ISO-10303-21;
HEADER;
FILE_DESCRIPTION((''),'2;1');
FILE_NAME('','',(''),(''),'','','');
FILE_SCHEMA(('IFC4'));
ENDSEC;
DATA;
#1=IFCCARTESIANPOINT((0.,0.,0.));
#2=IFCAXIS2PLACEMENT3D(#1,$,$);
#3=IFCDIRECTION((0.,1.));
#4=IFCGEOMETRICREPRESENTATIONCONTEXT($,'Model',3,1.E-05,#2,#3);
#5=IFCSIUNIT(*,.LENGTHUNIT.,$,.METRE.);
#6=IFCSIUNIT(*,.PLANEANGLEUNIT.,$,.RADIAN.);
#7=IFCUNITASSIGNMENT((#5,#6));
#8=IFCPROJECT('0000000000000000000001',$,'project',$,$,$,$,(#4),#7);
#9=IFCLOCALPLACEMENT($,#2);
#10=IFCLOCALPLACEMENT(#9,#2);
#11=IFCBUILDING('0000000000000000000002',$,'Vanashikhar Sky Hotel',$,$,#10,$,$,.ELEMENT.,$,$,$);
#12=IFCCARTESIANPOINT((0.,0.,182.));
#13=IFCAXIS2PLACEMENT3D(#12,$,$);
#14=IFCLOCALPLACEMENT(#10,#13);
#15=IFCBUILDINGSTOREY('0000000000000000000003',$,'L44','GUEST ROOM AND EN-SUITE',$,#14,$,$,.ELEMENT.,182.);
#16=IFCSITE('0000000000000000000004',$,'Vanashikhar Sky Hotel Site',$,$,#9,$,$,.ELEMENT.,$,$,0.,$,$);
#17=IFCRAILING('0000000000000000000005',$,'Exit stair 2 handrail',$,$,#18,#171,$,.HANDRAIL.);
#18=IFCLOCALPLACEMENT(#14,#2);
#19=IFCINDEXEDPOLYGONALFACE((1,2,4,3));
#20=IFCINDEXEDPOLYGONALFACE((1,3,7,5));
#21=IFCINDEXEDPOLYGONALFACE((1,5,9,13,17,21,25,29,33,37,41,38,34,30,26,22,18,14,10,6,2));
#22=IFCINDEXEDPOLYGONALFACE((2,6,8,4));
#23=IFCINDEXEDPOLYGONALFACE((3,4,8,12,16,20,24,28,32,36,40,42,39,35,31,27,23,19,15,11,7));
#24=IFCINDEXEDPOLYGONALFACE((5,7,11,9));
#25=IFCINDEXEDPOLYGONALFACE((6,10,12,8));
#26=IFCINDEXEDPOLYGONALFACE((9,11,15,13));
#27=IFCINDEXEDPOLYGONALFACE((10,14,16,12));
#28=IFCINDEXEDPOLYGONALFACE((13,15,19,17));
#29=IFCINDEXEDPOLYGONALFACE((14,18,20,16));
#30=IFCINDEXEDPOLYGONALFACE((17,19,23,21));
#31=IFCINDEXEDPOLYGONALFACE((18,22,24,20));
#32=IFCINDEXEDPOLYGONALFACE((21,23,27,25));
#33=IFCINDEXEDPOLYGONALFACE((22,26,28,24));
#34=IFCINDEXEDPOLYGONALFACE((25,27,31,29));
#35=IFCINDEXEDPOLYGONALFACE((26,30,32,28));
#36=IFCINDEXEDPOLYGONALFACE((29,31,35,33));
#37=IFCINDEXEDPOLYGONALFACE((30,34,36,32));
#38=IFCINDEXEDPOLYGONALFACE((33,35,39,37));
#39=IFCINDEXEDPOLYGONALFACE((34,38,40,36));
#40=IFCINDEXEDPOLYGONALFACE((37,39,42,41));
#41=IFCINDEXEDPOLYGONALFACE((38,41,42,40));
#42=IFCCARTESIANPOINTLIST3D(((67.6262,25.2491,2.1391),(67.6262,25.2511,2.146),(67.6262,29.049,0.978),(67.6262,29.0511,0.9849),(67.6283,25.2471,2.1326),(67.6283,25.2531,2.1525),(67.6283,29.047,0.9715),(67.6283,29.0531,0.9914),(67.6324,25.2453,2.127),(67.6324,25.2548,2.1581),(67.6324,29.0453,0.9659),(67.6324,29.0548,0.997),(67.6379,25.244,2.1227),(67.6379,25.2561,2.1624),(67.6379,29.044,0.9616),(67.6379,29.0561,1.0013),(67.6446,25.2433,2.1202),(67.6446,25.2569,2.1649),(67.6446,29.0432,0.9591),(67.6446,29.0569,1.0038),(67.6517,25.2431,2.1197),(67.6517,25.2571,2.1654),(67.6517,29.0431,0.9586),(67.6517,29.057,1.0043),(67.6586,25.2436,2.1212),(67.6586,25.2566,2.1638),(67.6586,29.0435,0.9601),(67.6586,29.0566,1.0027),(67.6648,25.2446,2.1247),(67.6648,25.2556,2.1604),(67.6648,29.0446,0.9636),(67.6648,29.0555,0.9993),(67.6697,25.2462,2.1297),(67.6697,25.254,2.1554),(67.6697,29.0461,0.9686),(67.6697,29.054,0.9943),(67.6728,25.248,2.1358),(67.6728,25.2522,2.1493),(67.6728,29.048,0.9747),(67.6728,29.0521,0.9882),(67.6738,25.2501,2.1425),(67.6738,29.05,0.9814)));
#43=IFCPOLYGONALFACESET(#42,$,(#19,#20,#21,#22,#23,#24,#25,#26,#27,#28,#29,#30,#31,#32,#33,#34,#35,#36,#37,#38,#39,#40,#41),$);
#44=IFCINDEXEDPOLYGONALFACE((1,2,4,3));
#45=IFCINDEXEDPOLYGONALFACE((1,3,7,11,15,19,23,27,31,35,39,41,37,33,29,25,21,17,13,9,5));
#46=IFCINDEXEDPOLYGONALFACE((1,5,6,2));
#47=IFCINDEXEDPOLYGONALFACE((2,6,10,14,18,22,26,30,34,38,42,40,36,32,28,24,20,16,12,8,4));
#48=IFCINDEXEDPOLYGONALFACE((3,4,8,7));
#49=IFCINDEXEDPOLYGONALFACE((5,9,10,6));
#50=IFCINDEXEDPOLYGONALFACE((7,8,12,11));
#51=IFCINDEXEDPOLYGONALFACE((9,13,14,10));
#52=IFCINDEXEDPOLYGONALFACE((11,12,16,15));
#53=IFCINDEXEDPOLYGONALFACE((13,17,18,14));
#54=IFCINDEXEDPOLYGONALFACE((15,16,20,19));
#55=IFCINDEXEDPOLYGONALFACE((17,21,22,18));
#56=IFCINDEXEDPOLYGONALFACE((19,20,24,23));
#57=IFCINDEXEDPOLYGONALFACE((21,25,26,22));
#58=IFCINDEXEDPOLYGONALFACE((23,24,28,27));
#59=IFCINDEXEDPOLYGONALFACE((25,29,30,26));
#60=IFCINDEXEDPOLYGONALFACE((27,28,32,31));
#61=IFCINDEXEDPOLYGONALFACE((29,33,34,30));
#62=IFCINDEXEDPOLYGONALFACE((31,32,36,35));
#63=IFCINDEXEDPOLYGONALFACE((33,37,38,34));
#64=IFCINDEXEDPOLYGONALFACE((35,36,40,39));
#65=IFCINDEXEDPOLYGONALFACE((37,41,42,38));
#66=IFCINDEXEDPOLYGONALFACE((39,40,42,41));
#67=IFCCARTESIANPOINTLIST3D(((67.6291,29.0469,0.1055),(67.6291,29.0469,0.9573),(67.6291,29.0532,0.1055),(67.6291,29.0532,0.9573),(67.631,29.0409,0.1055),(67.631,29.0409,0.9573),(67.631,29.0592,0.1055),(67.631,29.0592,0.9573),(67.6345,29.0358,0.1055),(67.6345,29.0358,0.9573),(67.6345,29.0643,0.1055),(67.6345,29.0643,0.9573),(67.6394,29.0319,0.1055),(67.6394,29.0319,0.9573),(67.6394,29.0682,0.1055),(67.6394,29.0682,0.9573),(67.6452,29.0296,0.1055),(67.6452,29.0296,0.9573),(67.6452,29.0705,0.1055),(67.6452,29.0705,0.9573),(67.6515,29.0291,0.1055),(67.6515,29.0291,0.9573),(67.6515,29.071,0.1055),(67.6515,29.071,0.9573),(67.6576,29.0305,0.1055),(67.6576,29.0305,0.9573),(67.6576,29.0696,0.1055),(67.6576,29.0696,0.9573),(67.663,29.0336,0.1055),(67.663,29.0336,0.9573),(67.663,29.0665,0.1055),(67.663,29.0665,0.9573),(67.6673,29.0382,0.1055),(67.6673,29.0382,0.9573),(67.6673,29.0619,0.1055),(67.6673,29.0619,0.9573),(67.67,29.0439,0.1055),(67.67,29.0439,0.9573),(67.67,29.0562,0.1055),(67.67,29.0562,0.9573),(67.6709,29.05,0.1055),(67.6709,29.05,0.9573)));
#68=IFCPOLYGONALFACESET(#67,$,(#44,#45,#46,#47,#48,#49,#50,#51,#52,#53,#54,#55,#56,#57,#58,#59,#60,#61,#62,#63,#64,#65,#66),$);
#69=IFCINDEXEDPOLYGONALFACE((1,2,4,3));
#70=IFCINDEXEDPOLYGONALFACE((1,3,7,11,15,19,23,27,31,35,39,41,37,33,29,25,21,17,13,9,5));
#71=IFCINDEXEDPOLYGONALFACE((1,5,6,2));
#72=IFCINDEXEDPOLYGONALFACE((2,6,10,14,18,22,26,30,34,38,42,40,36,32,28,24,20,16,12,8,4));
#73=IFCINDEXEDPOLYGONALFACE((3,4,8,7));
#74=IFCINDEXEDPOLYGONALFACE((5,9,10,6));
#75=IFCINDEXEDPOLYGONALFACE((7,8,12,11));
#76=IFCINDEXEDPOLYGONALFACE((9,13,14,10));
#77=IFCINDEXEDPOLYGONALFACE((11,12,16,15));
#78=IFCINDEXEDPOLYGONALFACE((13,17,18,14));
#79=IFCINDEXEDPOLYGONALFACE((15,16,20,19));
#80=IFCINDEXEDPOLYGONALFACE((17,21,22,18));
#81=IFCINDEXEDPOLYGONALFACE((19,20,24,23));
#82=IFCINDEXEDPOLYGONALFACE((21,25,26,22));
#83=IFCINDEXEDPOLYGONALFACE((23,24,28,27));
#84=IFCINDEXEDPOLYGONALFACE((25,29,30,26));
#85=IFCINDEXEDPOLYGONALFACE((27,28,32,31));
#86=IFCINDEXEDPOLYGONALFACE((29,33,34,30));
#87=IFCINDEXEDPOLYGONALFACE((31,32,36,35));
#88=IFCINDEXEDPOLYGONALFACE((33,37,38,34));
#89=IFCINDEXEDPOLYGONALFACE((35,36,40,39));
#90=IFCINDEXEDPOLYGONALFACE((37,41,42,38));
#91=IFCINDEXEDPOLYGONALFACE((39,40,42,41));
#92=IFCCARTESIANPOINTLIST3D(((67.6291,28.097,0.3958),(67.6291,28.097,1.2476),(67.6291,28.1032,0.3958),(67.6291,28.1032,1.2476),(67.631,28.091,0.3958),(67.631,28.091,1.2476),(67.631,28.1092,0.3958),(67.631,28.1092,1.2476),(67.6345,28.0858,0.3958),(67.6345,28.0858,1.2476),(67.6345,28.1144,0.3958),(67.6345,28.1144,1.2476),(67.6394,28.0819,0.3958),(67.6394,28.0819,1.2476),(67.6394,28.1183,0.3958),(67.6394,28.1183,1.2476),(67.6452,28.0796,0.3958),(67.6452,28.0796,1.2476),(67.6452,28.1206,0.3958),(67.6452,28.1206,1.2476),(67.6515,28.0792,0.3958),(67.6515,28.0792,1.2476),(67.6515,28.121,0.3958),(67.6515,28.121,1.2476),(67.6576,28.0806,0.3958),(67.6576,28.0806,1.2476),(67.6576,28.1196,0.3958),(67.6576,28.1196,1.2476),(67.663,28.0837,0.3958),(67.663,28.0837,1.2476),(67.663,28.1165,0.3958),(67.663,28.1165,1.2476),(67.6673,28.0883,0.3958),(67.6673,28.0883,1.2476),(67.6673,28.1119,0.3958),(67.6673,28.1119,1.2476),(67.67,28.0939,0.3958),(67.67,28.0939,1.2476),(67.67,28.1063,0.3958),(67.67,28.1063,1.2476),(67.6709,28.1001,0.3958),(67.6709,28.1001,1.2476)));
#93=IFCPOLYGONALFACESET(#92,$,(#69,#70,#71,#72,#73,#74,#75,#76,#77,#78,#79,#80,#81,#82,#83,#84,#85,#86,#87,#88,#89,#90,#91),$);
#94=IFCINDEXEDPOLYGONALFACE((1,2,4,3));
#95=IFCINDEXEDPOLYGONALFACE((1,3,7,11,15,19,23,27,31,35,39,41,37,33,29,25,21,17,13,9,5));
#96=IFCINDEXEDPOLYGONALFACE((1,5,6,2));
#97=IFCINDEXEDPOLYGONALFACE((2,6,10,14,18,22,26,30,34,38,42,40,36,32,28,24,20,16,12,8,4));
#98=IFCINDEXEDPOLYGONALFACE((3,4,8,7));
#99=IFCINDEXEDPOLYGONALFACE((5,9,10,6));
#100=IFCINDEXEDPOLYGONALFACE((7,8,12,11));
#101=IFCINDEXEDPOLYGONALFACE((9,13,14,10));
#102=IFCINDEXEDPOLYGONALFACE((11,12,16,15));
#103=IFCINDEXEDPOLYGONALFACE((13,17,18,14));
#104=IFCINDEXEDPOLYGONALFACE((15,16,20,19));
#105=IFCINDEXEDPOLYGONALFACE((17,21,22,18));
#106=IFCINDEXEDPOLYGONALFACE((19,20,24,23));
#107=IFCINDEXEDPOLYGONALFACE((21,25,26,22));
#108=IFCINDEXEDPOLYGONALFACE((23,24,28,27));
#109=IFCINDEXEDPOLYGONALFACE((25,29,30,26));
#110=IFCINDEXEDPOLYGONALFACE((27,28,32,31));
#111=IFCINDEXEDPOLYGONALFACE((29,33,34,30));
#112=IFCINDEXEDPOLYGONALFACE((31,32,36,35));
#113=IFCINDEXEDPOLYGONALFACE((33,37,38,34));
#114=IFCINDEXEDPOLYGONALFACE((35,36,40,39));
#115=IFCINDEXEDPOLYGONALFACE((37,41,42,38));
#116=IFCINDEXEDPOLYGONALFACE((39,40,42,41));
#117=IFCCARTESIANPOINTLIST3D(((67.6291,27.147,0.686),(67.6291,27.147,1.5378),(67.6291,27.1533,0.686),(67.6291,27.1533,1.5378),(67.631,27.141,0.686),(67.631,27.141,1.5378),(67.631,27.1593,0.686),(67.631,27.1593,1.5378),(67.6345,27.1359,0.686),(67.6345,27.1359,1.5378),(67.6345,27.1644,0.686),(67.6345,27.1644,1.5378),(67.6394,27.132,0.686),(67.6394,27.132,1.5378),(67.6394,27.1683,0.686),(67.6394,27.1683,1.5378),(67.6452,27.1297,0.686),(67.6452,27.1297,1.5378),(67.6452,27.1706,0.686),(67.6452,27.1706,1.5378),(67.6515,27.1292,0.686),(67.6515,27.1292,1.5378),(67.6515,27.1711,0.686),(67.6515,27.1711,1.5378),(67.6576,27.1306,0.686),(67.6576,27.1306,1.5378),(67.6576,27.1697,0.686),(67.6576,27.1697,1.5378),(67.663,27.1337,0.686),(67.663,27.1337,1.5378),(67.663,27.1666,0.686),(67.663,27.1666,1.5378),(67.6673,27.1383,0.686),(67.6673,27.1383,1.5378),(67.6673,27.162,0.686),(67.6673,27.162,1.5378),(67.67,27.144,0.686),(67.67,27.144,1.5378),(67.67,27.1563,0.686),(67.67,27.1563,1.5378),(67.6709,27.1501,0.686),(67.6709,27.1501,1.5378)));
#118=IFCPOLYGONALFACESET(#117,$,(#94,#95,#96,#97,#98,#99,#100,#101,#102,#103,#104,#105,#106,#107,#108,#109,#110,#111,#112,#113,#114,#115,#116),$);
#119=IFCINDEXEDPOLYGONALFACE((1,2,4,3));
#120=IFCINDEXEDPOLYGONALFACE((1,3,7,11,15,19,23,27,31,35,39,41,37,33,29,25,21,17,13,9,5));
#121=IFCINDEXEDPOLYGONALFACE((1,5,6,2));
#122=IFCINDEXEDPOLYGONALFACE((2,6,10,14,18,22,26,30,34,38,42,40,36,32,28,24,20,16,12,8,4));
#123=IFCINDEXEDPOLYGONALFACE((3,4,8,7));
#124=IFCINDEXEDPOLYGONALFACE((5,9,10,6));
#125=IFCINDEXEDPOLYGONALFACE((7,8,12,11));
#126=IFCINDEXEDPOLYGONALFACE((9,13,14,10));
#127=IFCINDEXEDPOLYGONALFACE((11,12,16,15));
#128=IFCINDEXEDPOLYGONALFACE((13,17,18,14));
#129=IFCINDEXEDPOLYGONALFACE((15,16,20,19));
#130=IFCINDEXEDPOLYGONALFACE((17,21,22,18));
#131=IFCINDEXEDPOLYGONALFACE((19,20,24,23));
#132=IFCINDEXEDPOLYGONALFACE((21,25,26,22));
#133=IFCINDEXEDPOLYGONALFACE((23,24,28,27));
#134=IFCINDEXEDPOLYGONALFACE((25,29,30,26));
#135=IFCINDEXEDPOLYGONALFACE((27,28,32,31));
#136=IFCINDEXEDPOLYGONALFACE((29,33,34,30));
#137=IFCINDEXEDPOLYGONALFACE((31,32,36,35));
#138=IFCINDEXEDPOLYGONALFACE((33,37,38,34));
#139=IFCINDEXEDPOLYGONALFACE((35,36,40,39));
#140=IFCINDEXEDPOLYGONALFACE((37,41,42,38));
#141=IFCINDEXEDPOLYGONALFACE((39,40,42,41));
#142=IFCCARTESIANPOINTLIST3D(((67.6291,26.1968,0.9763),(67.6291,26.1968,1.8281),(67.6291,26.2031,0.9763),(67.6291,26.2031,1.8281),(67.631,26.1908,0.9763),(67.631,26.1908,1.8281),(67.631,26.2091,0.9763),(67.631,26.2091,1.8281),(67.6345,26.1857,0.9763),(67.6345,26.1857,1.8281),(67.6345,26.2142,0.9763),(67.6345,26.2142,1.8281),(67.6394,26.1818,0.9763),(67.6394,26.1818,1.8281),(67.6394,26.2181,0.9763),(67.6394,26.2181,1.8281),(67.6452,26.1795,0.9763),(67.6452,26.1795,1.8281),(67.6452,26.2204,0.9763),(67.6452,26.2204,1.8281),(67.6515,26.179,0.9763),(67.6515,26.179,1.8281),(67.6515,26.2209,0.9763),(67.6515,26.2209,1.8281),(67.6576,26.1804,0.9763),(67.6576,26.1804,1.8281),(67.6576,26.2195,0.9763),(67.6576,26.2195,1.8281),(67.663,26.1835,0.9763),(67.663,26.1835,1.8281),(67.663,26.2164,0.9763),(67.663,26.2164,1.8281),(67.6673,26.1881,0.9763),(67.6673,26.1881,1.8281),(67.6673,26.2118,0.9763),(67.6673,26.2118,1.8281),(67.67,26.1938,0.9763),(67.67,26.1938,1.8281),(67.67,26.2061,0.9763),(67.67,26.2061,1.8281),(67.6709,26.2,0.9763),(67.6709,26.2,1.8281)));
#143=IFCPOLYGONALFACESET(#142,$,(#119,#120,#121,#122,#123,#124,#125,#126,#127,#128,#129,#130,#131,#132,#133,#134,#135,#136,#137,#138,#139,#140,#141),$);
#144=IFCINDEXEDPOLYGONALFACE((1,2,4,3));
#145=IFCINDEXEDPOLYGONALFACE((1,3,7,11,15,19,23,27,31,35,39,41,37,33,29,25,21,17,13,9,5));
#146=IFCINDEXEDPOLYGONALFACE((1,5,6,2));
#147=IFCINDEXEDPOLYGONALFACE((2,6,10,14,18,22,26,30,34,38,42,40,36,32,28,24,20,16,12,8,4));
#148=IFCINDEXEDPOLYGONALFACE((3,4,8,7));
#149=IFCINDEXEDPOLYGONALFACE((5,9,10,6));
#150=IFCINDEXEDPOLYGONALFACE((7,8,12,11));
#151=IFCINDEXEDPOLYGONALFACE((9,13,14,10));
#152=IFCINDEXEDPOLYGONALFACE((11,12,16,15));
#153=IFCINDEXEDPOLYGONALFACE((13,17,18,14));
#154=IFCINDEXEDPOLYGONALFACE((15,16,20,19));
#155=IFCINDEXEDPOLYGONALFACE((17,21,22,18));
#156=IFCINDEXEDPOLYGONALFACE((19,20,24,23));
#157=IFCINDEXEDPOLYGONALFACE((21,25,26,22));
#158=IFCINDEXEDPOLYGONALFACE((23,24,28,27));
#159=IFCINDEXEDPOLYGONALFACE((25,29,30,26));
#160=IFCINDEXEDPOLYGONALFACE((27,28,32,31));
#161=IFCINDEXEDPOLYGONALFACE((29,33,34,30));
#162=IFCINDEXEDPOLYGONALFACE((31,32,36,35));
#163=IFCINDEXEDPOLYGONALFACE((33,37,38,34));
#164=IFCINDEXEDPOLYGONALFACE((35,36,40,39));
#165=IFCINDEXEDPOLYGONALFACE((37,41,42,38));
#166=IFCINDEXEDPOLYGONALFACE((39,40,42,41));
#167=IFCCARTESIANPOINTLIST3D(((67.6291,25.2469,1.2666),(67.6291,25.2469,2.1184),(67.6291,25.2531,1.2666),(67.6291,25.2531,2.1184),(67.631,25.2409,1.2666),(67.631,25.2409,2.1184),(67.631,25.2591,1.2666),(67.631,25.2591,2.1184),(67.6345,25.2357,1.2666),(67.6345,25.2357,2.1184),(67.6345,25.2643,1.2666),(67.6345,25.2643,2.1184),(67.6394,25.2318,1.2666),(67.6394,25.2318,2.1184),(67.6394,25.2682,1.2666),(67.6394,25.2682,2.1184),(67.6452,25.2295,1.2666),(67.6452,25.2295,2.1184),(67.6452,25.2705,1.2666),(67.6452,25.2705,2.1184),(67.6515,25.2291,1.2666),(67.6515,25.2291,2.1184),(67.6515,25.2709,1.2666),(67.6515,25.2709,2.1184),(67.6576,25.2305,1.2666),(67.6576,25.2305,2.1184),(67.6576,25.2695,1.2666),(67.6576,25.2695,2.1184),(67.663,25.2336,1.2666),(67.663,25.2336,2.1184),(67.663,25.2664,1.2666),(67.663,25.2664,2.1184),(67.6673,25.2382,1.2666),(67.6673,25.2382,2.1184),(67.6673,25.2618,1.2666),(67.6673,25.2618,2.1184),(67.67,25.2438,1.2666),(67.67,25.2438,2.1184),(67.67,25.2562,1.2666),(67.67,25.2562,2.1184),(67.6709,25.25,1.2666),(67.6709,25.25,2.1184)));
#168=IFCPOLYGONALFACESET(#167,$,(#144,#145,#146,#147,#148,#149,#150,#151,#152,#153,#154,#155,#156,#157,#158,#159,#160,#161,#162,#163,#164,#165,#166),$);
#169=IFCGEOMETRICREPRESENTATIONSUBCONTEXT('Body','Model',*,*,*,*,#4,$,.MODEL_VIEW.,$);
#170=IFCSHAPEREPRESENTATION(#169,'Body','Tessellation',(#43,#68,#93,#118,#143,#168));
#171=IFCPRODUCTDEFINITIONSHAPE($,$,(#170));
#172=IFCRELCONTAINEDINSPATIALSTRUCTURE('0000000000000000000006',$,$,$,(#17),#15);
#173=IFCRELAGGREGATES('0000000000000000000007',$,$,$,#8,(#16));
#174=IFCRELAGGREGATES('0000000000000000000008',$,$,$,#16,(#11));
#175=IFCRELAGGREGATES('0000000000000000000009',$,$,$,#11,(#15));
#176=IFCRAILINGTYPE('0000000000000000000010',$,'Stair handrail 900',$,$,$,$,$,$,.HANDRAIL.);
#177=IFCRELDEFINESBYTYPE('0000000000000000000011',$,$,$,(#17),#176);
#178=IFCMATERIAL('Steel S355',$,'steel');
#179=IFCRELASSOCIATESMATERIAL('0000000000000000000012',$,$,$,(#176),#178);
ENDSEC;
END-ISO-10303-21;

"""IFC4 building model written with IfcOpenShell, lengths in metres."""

from ifc_helpers import new_model, si_unit, direction, frame, origin, origin_2d, place, context, subcontext, project, spatial, circle, extrude, source, transform, mapped, material, type_object, element, save


model = new_model("IFC4")

# Units and contexts
model_context = context("Model", 3, precision=1e-05, world=origin(), true_north=direction((0.0, 1.0)))
body_context = subcontext(model_context, "Body", "Model", "MODEL_VIEW")
ifc_project = project(units=[si_unit("LENGTHUNIT", "METRE"), si_unit("PLANEANGLEUNIT", "RADIAN")], contexts=[model_context])

# Site, building, storey
site_placement = place(None, origin())
site = spatial("IfcSite", under=ifc_project, at=site_placement, Name="Vanashikhar Sky Hotel Site", CompositionType="ELEMENT", RefElevation=0.0)
building_placement = place(site_placement, origin())
building = spatial("IfcBuilding", under=site, at=building_placement, Name="Vanashikhar Sky Hotel", CompositionType="ELEMENT")
storey_placement = place(building_placement, frame((0.0, 0.0, 182.0)))
storey = spatial("IfcBuildingStorey", under=building, at=storey_placement, Name="L44", Description="GUEST ROOM AND EN-SUITE", CompositionType="ELEMENT", Elevation=182.0)

# Railing
ifc_material_1 = material(Name="Steel S355", Category="steel")
railing_type = type_object("IfcRailingType", Name="Stair handrail 900", PredefinedType="HANDRAIL", material=ifc_material_1)
shared_shape_1 = source(origin(), body_context, "Body", "SweptSolid", [
    extrude(circle(Radius=0.0239, at=origin_2d()), frame((0.0, 0.0, 0.876), z_axis=(0.0, -0.956351, 0.29222), x_axis=(1.0, 0.0, 0.0)), (0.0, 0.0, 1.0), 3.9734),
    extrude(circle(Radius=0.021, at=origin_2d()), origin(), (0.0, 0.0, 1.0), 0.8518),
    extrude(circle(Radius=0.021, at=origin_2d()), frame((0.0, -0.95, 0.2903)), (0.0, 0.0, 1.0), 0.8518),
    extrude(circle(Radius=0.021, at=origin_2d()), frame((0.0, -1.8999, 0.5806)), (0.0, 0.0, 1.0), 0.8518),
    extrude(circle(Radius=0.021, at=origin_2d()), frame((0.0, -2.8501, 0.8708)), (0.0, 0.0, 1.0), 0.8518),
    extrude(circle(Radius=0.021, at=origin_2d()), frame((0.0, -3.8, 1.1611)), (0.0, 0.0, 1.0), 0.8518),
])
for number, where, name in (
    (1, (67.6499, 29.05, 0.1055), "Exit stair 2 handrail"),
):
    element("IfcRailing", number, at=place(storey_placement, frame(where)), inside=storey, type_object=railing_type, Name=name, PredefinedType="HANDRAIL", context=body_context, shape_type="MappedRepresentation", body=[
        mapped(shared_shape_1, transform((0.0, 0.0, 0.0), scale=1.0)),
    ])

save(model, "model.ifc")
